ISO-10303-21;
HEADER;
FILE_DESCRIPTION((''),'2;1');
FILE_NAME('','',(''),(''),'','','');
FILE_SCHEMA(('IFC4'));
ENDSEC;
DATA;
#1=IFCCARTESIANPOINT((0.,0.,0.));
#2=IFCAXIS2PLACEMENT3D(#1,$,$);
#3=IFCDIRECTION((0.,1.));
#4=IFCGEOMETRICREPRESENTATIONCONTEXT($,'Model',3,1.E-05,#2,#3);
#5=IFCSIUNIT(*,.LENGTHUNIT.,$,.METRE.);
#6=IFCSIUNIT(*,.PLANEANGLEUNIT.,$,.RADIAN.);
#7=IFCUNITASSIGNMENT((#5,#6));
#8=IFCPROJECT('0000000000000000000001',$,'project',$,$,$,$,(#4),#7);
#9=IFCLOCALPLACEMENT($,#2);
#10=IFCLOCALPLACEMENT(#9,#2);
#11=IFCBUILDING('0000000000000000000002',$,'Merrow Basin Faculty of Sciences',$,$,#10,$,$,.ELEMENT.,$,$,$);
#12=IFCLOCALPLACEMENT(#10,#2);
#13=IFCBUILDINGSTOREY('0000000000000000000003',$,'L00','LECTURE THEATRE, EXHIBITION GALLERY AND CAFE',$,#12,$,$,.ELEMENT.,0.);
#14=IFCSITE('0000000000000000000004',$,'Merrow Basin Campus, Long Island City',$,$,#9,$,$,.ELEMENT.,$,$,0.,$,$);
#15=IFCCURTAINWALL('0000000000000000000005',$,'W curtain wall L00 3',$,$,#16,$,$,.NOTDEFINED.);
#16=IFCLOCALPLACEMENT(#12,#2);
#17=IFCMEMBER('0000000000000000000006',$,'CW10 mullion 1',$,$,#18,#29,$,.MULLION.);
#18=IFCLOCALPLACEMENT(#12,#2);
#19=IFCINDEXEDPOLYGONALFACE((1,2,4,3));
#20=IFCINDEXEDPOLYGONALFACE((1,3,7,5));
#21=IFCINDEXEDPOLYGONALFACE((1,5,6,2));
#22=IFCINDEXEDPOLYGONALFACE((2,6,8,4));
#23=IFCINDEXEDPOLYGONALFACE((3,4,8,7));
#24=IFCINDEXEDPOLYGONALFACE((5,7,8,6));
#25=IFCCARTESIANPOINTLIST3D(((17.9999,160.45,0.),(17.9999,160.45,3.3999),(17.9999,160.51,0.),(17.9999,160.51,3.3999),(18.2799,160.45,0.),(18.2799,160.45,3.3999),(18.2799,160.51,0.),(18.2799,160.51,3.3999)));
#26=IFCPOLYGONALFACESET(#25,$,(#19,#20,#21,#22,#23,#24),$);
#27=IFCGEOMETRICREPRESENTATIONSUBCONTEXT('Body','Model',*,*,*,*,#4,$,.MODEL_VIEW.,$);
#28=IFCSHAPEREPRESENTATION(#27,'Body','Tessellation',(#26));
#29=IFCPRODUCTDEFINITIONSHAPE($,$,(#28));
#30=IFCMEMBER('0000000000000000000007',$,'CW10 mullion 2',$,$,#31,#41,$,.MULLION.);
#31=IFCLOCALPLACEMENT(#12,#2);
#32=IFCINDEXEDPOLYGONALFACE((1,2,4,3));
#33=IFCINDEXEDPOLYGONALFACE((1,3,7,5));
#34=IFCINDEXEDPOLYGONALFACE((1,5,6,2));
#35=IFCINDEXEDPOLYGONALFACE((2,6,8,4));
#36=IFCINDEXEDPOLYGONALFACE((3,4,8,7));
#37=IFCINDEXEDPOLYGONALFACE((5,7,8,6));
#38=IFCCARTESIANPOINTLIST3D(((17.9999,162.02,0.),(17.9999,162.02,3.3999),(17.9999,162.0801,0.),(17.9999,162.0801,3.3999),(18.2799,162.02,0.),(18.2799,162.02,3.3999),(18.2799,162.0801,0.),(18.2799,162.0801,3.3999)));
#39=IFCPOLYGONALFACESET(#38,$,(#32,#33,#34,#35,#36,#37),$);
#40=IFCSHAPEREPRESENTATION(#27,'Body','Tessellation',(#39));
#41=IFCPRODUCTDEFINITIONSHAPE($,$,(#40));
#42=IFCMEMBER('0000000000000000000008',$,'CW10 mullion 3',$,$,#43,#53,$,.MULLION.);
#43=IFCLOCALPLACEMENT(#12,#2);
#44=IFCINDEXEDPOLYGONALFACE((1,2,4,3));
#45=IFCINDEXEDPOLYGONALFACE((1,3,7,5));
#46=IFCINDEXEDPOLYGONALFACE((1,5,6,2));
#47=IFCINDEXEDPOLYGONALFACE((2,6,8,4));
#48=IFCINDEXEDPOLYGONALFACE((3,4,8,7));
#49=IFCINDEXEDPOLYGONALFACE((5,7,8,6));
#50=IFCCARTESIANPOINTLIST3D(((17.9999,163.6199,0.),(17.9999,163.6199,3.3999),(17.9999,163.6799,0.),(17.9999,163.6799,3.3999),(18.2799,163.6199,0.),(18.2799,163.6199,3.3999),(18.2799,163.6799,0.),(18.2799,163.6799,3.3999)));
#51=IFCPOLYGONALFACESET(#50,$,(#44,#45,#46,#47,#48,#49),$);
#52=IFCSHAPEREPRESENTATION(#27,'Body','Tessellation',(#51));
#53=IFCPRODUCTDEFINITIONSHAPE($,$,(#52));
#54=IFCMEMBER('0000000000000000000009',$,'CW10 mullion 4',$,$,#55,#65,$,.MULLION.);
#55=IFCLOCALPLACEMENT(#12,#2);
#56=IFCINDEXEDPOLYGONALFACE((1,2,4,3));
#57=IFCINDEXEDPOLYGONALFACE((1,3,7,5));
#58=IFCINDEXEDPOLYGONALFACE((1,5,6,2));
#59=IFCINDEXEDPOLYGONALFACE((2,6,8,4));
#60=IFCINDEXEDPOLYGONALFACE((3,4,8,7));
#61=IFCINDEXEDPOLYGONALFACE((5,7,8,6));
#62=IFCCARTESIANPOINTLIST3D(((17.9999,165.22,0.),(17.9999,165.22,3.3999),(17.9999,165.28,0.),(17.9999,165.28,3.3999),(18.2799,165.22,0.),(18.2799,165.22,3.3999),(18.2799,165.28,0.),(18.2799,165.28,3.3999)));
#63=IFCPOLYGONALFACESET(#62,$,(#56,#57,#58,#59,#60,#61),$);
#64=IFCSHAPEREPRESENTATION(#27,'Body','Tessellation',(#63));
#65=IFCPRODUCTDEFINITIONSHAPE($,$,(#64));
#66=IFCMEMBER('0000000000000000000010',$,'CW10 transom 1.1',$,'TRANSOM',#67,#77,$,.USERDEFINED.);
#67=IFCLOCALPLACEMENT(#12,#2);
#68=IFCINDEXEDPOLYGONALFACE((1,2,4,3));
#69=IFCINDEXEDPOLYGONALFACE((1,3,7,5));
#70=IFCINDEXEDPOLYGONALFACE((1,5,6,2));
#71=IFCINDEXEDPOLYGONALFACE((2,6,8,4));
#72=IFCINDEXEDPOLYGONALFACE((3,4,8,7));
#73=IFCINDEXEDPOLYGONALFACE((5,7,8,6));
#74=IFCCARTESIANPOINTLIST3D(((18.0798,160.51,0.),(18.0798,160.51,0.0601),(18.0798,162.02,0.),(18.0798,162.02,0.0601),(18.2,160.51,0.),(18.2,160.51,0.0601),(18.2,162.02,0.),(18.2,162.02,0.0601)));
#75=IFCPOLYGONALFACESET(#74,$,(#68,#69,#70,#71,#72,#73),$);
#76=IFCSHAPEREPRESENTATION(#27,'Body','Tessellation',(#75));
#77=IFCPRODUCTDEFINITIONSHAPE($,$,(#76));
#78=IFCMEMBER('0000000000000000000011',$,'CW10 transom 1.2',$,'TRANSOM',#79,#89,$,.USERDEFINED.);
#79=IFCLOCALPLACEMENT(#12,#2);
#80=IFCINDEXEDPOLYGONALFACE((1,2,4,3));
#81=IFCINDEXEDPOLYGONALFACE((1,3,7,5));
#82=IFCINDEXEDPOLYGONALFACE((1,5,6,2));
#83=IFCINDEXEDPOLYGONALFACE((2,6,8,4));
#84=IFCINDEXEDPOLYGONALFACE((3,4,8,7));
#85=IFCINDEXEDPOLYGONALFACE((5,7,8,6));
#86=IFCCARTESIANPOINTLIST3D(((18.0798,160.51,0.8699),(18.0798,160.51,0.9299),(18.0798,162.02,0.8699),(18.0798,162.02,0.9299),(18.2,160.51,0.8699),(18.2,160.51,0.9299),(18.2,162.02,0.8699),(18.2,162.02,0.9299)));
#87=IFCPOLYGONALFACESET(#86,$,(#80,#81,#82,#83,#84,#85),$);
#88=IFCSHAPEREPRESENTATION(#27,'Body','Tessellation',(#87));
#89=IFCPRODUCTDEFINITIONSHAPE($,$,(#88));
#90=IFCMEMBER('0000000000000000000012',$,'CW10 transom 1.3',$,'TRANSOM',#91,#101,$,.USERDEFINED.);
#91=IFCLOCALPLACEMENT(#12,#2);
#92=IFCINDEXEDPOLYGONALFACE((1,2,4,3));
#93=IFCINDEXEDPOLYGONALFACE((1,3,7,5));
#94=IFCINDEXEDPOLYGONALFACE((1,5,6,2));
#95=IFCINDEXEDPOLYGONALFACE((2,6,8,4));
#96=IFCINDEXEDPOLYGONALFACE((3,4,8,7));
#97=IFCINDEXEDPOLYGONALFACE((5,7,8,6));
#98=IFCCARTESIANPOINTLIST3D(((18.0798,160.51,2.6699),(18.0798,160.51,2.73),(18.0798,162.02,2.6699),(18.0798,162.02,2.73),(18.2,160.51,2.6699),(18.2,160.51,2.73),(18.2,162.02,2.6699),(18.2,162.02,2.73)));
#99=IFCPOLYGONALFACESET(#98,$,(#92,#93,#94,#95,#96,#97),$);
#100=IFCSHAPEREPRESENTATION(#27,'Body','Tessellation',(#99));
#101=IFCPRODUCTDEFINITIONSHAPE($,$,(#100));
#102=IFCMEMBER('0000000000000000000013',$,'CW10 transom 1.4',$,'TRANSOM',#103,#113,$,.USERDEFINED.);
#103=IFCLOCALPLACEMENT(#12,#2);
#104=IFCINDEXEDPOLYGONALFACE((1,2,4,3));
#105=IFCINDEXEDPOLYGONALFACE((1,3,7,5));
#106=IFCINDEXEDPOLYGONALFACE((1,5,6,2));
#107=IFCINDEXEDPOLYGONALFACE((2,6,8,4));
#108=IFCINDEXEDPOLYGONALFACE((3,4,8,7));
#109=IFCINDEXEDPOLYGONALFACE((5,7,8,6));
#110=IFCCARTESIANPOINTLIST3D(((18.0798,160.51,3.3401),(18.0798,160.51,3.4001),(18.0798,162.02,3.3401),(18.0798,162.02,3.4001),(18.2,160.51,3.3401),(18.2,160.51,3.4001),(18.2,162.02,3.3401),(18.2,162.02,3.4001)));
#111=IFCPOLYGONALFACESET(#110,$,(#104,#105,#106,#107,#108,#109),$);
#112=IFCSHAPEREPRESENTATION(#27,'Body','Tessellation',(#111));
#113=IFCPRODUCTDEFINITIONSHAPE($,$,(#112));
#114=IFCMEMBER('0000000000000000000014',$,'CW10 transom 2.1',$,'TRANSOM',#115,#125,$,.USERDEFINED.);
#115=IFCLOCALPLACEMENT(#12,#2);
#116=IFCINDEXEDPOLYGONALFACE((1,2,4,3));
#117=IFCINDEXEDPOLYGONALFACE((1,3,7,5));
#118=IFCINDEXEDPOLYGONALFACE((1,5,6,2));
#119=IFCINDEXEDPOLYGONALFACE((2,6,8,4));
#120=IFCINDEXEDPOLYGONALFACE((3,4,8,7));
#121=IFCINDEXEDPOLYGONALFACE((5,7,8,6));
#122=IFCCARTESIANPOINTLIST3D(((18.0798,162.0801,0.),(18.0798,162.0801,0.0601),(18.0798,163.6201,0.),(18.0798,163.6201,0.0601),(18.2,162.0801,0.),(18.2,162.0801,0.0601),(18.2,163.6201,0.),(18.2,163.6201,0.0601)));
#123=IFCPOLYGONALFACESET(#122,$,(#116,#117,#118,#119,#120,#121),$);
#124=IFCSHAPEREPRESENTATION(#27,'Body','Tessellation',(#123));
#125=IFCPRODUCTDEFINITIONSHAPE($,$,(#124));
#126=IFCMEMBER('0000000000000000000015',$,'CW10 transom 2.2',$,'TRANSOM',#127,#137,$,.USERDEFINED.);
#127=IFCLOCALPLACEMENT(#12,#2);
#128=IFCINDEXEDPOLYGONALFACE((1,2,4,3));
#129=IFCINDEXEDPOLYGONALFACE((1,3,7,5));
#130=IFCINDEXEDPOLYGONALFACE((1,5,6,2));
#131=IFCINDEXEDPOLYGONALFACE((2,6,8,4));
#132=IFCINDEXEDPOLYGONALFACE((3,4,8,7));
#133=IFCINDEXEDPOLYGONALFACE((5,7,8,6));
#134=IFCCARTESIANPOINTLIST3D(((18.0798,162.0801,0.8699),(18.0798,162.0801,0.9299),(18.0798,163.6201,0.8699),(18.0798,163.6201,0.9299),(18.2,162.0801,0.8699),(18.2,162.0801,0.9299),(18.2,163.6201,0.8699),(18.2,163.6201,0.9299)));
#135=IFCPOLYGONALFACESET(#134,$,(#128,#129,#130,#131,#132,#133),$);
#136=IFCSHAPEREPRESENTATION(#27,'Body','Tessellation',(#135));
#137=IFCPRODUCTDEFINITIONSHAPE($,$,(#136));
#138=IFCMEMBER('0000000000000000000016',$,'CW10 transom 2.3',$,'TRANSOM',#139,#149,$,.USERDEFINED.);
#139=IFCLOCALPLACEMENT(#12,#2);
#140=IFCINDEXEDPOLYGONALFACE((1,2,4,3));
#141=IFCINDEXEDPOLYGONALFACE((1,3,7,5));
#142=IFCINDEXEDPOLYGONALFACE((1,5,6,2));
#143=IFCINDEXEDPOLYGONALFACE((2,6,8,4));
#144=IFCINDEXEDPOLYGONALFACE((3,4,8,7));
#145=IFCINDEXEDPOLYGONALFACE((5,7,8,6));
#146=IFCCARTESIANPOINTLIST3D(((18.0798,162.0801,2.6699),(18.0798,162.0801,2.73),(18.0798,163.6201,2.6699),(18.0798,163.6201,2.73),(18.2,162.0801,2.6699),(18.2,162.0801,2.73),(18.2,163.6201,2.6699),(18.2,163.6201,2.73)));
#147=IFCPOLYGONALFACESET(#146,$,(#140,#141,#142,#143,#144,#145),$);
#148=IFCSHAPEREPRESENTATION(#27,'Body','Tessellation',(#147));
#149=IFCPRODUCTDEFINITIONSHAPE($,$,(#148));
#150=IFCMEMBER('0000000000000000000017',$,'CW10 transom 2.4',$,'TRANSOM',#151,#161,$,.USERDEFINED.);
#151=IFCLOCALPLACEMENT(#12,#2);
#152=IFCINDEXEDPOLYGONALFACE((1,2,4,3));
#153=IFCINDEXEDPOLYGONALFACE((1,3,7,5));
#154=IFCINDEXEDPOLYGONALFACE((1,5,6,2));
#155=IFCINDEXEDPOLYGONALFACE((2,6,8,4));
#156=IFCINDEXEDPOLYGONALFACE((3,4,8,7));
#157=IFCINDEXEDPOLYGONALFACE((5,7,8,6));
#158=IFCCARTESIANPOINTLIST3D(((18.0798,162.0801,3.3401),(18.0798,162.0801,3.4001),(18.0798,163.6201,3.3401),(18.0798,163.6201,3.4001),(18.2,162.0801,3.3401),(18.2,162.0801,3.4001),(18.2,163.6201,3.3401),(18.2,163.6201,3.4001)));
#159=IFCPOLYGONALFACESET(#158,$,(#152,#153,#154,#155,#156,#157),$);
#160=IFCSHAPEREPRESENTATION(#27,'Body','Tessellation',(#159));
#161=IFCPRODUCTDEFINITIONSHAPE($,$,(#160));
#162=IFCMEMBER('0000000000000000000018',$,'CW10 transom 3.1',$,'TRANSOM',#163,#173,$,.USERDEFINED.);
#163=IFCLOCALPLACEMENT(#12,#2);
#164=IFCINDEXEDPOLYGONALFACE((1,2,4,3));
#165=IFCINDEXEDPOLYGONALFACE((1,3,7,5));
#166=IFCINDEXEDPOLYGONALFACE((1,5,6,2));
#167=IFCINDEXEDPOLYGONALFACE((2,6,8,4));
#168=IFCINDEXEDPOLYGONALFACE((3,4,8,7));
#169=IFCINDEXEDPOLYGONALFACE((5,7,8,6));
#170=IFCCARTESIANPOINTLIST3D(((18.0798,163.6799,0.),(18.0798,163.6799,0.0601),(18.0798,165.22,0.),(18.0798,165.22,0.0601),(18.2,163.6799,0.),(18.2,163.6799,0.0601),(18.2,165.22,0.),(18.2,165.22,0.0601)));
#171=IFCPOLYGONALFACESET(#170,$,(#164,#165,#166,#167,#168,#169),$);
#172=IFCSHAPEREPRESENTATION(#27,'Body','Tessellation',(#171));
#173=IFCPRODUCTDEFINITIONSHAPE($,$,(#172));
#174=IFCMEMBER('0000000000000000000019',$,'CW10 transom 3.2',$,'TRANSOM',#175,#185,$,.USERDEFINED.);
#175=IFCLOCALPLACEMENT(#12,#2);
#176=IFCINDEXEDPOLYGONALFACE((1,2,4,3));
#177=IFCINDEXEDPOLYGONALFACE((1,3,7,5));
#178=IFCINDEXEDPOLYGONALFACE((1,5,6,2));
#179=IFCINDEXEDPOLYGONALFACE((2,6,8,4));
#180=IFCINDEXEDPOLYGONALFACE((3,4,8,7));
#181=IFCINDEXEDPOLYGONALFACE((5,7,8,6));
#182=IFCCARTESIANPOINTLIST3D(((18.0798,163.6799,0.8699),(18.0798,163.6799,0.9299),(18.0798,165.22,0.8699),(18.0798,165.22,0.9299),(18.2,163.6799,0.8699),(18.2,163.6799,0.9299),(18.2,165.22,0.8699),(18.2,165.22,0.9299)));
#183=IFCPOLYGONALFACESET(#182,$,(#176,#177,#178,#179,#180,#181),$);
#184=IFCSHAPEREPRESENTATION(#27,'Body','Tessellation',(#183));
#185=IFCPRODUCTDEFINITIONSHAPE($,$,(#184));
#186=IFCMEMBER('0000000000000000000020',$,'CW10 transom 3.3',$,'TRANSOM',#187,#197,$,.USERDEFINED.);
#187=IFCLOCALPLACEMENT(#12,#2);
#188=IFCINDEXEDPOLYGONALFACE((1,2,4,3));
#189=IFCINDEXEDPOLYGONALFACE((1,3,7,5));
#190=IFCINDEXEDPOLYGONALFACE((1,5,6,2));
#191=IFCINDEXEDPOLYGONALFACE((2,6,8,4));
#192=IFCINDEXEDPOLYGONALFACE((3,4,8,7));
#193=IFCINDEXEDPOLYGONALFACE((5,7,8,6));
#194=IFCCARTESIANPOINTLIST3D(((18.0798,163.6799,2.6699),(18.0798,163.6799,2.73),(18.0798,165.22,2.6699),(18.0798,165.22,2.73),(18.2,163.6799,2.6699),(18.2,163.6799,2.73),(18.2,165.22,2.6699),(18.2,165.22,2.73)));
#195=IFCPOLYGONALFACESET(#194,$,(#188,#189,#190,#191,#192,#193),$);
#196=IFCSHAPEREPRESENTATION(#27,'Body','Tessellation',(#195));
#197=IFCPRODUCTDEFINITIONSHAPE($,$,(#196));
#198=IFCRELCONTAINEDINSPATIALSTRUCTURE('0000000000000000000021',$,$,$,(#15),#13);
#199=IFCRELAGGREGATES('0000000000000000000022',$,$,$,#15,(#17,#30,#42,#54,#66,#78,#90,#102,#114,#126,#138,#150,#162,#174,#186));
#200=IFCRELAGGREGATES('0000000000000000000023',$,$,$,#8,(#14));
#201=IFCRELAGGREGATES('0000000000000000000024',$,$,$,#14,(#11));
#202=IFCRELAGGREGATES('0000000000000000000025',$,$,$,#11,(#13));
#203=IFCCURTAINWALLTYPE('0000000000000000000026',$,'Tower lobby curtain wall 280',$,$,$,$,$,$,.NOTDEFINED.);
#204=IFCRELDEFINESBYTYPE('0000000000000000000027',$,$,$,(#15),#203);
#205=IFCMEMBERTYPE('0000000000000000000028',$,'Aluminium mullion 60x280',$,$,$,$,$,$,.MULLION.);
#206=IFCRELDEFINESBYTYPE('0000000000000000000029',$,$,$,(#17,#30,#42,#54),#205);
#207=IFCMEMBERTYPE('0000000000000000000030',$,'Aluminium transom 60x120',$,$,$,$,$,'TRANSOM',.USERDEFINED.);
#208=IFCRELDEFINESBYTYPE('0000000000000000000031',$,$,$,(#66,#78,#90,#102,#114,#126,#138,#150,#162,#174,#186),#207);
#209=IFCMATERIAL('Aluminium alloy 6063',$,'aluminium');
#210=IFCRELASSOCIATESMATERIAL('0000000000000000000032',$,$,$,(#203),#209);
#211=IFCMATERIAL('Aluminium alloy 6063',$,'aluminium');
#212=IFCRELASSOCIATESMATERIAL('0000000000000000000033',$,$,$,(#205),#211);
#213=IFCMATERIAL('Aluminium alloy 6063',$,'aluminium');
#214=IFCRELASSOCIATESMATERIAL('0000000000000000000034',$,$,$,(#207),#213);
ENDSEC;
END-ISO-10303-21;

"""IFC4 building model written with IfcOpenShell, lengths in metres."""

from ifc_helpers import new_model, si_unit, direction, frame, origin, origin_2d, place, context, subcontext, project, spatial, rectangle, extrude, material, material_profile, profile_set, type_object, element, aggregate, save


model = new_model("IFC4")

# Units and contexts
model_context = context("Model", 3, precision=1e-05, world=origin(), true_north=direction((0.0, 1.0)))
body_context = subcontext(model_context, "Body", "Model", "MODEL_VIEW")
ifc_project = project(units=[si_unit("LENGTHUNIT", "METRE"), si_unit("PLANEANGLEUNIT", "RADIAN")], contexts=[model_context])

# Site, building, storey
site_placement = place(None, origin())
site = spatial("IfcSite", under=ifc_project, at=site_placement, Name="Merrow Basin Campus, Long Island City", CompositionType="ELEMENT", RefElevation=0.0)
building_placement = place(site_placement, origin())
building = spatial("IfcBuilding", under=site, at=building_placement, Name="Merrow Basin Faculty of Sciences", CompositionType="ELEMENT")
storey_placement = place(building_placement, origin())
storey = spatial("IfcBuildingStorey", under=building, at=storey_placement, Name="L00", Description="LECTURE THEATRE, EXHIBITION GALLERY AND CAFE", CompositionType="ELEMENT", Elevation=0.0)

# Curtain wall, members
ifc_material_1 = material(Name="Aluminium alloy 6063", Category="aluminium")
curtain_wall_type = type_object("IfcCurtainWallType", Name="Tower lobby curtain wall 280", PredefinedType="NOTDEFINED", material=ifc_material_1)
curtain_wall_placement = place(storey_placement, origin())
curtain_wall = element("IfcCurtainWall", 1, at=curtain_wall_placement, inside=storey, type_object=curtain_wall_type, Name="W curtain wall L00 3", PredefinedType="NOTDEFINED")
ifc_material_2 = material(Name="Aluminium alloy 6063", Category="aluminium")
ifc_material_profile_1 = material_profile(ifc_material_2, rectangle(XDim=0.28, YDim=0.0601, at=origin_2d()))
ifc_profile_set_1 = profile_set([ifc_material_profile_1], Name="Aluminium alloy 6063")
member_type_1 = type_object("IfcMemberType", Name="Aluminium mullion 60x280", PredefinedType="MULLION", material=ifc_profile_set_1)
member_1_placement = place(storey_placement, frame((18.1399, 160.48, 0.0), z_axis=(0.0, 0.0, 1.0), x_axis=(-1.0, 0.0, 0.0)))
member_1 = element("IfcMember", 2, at=member_1_placement, type_object=member_type_1, Name="CW10 mullion 1", PredefinedType="MULLION", context=body_context, shape_type="SweptSolid", body=[
    extrude(rectangle(XDim=0.28, YDim=0.0601, at=origin_2d()), origin(), (0.0, 0.0, 1.0), 3.3999),
])
member_2_placement = place(storey_placement, frame((18.1399, 162.05, 0.0), z_axis=(0.0, 0.0, 1.0), x_axis=(-1.0, 0.0, 0.0)))
member_2 = element("IfcMember", 3, at=member_2_placement, type_object=member_type_1, Name="CW10 mullion 2", PredefinedType="MULLION", context=body_context, shape_type="SweptSolid", body=[
    extrude(rectangle(XDim=0.28, YDim=0.0601, at=origin_2d()), origin(), (0.0, 0.0, 1.0), 3.3999),
])
member_3_placement = place(storey_placement, frame((18.1399, 163.6499, 0.0), z_axis=(0.0, 0.0, 1.0), x_axis=(-1.0, 0.0, 0.0)))
member_3 = element("IfcMember", 4, at=member_3_placement, type_object=member_type_1, Name="CW10 mullion 3", PredefinedType="MULLION", context=body_context, shape_type="SweptSolid", body=[
    extrude(rectangle(XDim=0.28, YDim=0.0601, at=origin_2d()), origin(), (0.0, 0.0, 1.0), 3.3999),
])
member_4_placement = place(storey_placement, frame((18.1399, 165.25, 0.0), z_axis=(0.0, 0.0, 1.0), x_axis=(-1.0, 0.0, 0.0)))
member_4 = element("IfcMember", 5, at=member_4_placement, type_object=member_type_1, Name="CW10 mullion 4", PredefinedType="MULLION", context=body_context, shape_type="SweptSolid", body=[
    extrude(rectangle(XDim=0.28, YDim=0.0601, at=origin_2d()), origin(), (0.0, 0.0, 1.0), 3.3999),
])
ifc_material_3 = material(Name="Aluminium alloy 6063", Category="aluminium")
ifc_material_profile_2 = material_profile(ifc_material_3, rectangle(XDim=0.1201, YDim=0.0601, at=origin_2d()))
ifc_profile_set_2 = profile_set([ifc_material_profile_2], Name="Aluminium alloy 6063")
member_type_2 = type_object("IfcMemberType", Name="Aluminium transom 60x120", ElementType="TRANSOM", PredefinedType="USERDEFINED", material=ifc_profile_set_2)
member_5_placement = place(storey_placement, frame((18.1399, 160.51, 0.03), z_axis=(0.0, 1.0, 0.0), x_axis=(-1.0, 0.0, 0.0)))
member_5 = element("IfcMember", 6, at=member_5_placement, type_object=member_type_2, Name="CW10 transom 1.1", ObjectType="TRANSOM", PredefinedType="USERDEFINED", context=body_context, shape_type="SweptSolid", body=[
    extrude(rectangle(XDim=0.1201, YDim=0.0601, at=origin_2d()), origin(), (0.0, 0.0, 1.0), 1.51),
])
member_6_placement = place(storey_placement, frame((18.1399, 160.51, 0.8999), z_axis=(0.0, 1.0, 0.0), x_axis=(-1.0, 0.0, 0.0)))
member_6 = element("IfcMember", 7, at=member_6_placement, type_object=member_type_2, Name="CW10 transom 1.2", ObjectType="TRANSOM", PredefinedType="USERDEFINED", context=body_context, shape_type="SweptSolid", body=[
    extrude(rectangle(XDim=0.1201, YDim=0.0601, at=origin_2d()), origin(), (0.0, 0.0, 1.0), 1.51),
])
member_7_placement = place(storey_placement, frame((18.1399, 160.51, 2.7), z_axis=(0.0, 1.0, 0.0), x_axis=(-1.0, 0.0, 0.0)))
member_7 = element("IfcMember", 8, at=member_7_placement, type_object=member_type_2, Name="CW10 transom 1.3", ObjectType="TRANSOM", PredefinedType="USERDEFINED", context=body_context, shape_type="SweptSolid", body=[
    extrude(rectangle(XDim=0.1201, YDim=0.0601, at=origin_2d()), origin(), (0.0, 0.0, 1.0), 1.51),
])
member_8_placement = place(storey_placement, frame((18.1399, 160.51, 3.3701), z_axis=(0.0, 1.0, 0.0), x_axis=(-1.0, 0.0, 0.0)))
member_8 = element("IfcMember", 9, at=member_8_placement, type_object=member_type_2, Name="CW10 transom 1.4", ObjectType="TRANSOM", PredefinedType="USERDEFINED", context=body_context, shape_type="SweptSolid", body=[
    extrude(rectangle(XDim=0.1201, YDim=0.0601, at=origin_2d()), origin(), (0.0, 0.0, 1.0), 1.51),
])
member_9_placement = place(storey_placement, frame((18.1399, 162.0801, 0.03), z_axis=(0.0, 1.0, 0.0), x_axis=(-1.0, 0.0, 0.0)))
member_9 = element("IfcMember", 10, at=member_9_placement, type_object=member_type_2, Name="CW10 transom 2.1", ObjectType="TRANSOM", PredefinedType="USERDEFINED", context=body_context, shape_type="SweptSolid", body=[
    extrude(rectangle(XDim=0.1201, YDim=0.0601, at=origin_2d()), origin(), (0.0, 0.0, 1.0), 1.54),
])
member_10_placement = place(storey_placement, frame((18.1399, 162.0801, 0.8999), z_axis=(0.0, 1.0, 0.0), x_axis=(-1.0, 0.0, 0.0)))
member_10 = element("IfcMember", 11, at=member_10_placement, type_object=member_type_2, Name="CW10 transom 2.2", ObjectType="TRANSOM", PredefinedType="USERDEFINED", context=body_context, shape_type="SweptSolid", body=[
    extrude(rectangle(XDim=0.1201, YDim=0.0601, at=origin_2d()), origin(), (0.0, 0.0, 1.0), 1.54),
])
member_11_placement = place(storey_placement, frame((18.1399, 162.0801, 2.7), z_axis=(0.0, 1.0, 0.0), x_axis=(-1.0, 0.0, 0.0)))
member_11 = element("IfcMember", 12, at=member_11_placement, type_object=member_type_2, Name="CW10 transom 2.3", ObjectType="TRANSOM", PredefinedType="USERDEFINED", context=body_context, shape_type="SweptSolid", body=[
    extrude(rectangle(XDim=0.1201, YDim=0.0601, at=origin_2d()), origin(), (0.0, 0.0, 1.0), 1.54),
])
member_12_placement = place(storey_placement, frame((18.1399, 162.0801, 3.3701), z_axis=(0.0, 1.0, 0.0), x_axis=(-1.0, 0.0, 0.0)))
member_12 = element("IfcMember", 13, at=member_12_placement, type_object=member_type_2, Name="CW10 transom 2.4", ObjectType="TRANSOM", PredefinedType="USERDEFINED", context=body_context, shape_type="SweptSolid", body=[
    extrude(rectangle(XDim=0.1201, YDim=0.0601, at=origin_2d()), origin(), (0.0, 0.0, 1.0), 1.54),
])
member_13_placement = place(storey_placement, frame((18.1399, 163.6799, 0.03), z_axis=(0.0, 1.0, 0.0), x_axis=(-1.0, 0.0, 0.0)))
member_13 = element("IfcMember", 14, at=member_13_placement, type_object=member_type_2, Name="CW10 transom 3.1", ObjectType="TRANSOM", PredefinedType="USERDEFINED", context=body_context, shape_type="SweptSolid", body=[
    extrude(rectangle(XDim=0.1201, YDim=0.0601, at=origin_2d()), origin(), (0.0, 0.0, 1.0), 1.54),
])
member_14_placement = place(storey_placement, frame((18.1399, 163.6799, 0.8999), z_axis=(0.0, 1.0, 0.0), x_axis=(-1.0, 0.0, 0.0)))
member_14 = element("IfcMember", 15, at=member_14_placement, type_object=member_type_2, Name="CW10 transom 3.2", ObjectType="TRANSOM", PredefinedType="USERDEFINED", context=body_context, shape_type="SweptSolid", body=[
    extrude(rectangle(XDim=0.1201, YDim=0.0601, at=origin_2d()), origin(), (0.0, 0.0, 1.0), 1.54),
])
member_15_placement = place(storey_placement, frame((18.1399, 163.6799, 2.7), z_axis=(0.0, 1.0, 0.0), x_axis=(-1.0, 0.0, 0.0)))
member_15 = element("IfcMember", 16, at=member_15_placement, type_object=member_type_2, Name="CW10 transom 3.3", ObjectType="TRANSOM", PredefinedType="USERDEFINED", context=body_context, shape_type="SweptSolid", body=[
    extrude(rectangle(XDim=0.1201, YDim=0.0601, at=origin_2d()), origin(), (0.0, 0.0, 1.0), 1.54),
])
aggregate(curtain_wall, [member_1, member_2, member_3, member_4, member_5, member_6, member_7, member_8, member_9, member_10, member_11, member_12, member_13, member_14, member_15])

save(model, "model.ifc")
